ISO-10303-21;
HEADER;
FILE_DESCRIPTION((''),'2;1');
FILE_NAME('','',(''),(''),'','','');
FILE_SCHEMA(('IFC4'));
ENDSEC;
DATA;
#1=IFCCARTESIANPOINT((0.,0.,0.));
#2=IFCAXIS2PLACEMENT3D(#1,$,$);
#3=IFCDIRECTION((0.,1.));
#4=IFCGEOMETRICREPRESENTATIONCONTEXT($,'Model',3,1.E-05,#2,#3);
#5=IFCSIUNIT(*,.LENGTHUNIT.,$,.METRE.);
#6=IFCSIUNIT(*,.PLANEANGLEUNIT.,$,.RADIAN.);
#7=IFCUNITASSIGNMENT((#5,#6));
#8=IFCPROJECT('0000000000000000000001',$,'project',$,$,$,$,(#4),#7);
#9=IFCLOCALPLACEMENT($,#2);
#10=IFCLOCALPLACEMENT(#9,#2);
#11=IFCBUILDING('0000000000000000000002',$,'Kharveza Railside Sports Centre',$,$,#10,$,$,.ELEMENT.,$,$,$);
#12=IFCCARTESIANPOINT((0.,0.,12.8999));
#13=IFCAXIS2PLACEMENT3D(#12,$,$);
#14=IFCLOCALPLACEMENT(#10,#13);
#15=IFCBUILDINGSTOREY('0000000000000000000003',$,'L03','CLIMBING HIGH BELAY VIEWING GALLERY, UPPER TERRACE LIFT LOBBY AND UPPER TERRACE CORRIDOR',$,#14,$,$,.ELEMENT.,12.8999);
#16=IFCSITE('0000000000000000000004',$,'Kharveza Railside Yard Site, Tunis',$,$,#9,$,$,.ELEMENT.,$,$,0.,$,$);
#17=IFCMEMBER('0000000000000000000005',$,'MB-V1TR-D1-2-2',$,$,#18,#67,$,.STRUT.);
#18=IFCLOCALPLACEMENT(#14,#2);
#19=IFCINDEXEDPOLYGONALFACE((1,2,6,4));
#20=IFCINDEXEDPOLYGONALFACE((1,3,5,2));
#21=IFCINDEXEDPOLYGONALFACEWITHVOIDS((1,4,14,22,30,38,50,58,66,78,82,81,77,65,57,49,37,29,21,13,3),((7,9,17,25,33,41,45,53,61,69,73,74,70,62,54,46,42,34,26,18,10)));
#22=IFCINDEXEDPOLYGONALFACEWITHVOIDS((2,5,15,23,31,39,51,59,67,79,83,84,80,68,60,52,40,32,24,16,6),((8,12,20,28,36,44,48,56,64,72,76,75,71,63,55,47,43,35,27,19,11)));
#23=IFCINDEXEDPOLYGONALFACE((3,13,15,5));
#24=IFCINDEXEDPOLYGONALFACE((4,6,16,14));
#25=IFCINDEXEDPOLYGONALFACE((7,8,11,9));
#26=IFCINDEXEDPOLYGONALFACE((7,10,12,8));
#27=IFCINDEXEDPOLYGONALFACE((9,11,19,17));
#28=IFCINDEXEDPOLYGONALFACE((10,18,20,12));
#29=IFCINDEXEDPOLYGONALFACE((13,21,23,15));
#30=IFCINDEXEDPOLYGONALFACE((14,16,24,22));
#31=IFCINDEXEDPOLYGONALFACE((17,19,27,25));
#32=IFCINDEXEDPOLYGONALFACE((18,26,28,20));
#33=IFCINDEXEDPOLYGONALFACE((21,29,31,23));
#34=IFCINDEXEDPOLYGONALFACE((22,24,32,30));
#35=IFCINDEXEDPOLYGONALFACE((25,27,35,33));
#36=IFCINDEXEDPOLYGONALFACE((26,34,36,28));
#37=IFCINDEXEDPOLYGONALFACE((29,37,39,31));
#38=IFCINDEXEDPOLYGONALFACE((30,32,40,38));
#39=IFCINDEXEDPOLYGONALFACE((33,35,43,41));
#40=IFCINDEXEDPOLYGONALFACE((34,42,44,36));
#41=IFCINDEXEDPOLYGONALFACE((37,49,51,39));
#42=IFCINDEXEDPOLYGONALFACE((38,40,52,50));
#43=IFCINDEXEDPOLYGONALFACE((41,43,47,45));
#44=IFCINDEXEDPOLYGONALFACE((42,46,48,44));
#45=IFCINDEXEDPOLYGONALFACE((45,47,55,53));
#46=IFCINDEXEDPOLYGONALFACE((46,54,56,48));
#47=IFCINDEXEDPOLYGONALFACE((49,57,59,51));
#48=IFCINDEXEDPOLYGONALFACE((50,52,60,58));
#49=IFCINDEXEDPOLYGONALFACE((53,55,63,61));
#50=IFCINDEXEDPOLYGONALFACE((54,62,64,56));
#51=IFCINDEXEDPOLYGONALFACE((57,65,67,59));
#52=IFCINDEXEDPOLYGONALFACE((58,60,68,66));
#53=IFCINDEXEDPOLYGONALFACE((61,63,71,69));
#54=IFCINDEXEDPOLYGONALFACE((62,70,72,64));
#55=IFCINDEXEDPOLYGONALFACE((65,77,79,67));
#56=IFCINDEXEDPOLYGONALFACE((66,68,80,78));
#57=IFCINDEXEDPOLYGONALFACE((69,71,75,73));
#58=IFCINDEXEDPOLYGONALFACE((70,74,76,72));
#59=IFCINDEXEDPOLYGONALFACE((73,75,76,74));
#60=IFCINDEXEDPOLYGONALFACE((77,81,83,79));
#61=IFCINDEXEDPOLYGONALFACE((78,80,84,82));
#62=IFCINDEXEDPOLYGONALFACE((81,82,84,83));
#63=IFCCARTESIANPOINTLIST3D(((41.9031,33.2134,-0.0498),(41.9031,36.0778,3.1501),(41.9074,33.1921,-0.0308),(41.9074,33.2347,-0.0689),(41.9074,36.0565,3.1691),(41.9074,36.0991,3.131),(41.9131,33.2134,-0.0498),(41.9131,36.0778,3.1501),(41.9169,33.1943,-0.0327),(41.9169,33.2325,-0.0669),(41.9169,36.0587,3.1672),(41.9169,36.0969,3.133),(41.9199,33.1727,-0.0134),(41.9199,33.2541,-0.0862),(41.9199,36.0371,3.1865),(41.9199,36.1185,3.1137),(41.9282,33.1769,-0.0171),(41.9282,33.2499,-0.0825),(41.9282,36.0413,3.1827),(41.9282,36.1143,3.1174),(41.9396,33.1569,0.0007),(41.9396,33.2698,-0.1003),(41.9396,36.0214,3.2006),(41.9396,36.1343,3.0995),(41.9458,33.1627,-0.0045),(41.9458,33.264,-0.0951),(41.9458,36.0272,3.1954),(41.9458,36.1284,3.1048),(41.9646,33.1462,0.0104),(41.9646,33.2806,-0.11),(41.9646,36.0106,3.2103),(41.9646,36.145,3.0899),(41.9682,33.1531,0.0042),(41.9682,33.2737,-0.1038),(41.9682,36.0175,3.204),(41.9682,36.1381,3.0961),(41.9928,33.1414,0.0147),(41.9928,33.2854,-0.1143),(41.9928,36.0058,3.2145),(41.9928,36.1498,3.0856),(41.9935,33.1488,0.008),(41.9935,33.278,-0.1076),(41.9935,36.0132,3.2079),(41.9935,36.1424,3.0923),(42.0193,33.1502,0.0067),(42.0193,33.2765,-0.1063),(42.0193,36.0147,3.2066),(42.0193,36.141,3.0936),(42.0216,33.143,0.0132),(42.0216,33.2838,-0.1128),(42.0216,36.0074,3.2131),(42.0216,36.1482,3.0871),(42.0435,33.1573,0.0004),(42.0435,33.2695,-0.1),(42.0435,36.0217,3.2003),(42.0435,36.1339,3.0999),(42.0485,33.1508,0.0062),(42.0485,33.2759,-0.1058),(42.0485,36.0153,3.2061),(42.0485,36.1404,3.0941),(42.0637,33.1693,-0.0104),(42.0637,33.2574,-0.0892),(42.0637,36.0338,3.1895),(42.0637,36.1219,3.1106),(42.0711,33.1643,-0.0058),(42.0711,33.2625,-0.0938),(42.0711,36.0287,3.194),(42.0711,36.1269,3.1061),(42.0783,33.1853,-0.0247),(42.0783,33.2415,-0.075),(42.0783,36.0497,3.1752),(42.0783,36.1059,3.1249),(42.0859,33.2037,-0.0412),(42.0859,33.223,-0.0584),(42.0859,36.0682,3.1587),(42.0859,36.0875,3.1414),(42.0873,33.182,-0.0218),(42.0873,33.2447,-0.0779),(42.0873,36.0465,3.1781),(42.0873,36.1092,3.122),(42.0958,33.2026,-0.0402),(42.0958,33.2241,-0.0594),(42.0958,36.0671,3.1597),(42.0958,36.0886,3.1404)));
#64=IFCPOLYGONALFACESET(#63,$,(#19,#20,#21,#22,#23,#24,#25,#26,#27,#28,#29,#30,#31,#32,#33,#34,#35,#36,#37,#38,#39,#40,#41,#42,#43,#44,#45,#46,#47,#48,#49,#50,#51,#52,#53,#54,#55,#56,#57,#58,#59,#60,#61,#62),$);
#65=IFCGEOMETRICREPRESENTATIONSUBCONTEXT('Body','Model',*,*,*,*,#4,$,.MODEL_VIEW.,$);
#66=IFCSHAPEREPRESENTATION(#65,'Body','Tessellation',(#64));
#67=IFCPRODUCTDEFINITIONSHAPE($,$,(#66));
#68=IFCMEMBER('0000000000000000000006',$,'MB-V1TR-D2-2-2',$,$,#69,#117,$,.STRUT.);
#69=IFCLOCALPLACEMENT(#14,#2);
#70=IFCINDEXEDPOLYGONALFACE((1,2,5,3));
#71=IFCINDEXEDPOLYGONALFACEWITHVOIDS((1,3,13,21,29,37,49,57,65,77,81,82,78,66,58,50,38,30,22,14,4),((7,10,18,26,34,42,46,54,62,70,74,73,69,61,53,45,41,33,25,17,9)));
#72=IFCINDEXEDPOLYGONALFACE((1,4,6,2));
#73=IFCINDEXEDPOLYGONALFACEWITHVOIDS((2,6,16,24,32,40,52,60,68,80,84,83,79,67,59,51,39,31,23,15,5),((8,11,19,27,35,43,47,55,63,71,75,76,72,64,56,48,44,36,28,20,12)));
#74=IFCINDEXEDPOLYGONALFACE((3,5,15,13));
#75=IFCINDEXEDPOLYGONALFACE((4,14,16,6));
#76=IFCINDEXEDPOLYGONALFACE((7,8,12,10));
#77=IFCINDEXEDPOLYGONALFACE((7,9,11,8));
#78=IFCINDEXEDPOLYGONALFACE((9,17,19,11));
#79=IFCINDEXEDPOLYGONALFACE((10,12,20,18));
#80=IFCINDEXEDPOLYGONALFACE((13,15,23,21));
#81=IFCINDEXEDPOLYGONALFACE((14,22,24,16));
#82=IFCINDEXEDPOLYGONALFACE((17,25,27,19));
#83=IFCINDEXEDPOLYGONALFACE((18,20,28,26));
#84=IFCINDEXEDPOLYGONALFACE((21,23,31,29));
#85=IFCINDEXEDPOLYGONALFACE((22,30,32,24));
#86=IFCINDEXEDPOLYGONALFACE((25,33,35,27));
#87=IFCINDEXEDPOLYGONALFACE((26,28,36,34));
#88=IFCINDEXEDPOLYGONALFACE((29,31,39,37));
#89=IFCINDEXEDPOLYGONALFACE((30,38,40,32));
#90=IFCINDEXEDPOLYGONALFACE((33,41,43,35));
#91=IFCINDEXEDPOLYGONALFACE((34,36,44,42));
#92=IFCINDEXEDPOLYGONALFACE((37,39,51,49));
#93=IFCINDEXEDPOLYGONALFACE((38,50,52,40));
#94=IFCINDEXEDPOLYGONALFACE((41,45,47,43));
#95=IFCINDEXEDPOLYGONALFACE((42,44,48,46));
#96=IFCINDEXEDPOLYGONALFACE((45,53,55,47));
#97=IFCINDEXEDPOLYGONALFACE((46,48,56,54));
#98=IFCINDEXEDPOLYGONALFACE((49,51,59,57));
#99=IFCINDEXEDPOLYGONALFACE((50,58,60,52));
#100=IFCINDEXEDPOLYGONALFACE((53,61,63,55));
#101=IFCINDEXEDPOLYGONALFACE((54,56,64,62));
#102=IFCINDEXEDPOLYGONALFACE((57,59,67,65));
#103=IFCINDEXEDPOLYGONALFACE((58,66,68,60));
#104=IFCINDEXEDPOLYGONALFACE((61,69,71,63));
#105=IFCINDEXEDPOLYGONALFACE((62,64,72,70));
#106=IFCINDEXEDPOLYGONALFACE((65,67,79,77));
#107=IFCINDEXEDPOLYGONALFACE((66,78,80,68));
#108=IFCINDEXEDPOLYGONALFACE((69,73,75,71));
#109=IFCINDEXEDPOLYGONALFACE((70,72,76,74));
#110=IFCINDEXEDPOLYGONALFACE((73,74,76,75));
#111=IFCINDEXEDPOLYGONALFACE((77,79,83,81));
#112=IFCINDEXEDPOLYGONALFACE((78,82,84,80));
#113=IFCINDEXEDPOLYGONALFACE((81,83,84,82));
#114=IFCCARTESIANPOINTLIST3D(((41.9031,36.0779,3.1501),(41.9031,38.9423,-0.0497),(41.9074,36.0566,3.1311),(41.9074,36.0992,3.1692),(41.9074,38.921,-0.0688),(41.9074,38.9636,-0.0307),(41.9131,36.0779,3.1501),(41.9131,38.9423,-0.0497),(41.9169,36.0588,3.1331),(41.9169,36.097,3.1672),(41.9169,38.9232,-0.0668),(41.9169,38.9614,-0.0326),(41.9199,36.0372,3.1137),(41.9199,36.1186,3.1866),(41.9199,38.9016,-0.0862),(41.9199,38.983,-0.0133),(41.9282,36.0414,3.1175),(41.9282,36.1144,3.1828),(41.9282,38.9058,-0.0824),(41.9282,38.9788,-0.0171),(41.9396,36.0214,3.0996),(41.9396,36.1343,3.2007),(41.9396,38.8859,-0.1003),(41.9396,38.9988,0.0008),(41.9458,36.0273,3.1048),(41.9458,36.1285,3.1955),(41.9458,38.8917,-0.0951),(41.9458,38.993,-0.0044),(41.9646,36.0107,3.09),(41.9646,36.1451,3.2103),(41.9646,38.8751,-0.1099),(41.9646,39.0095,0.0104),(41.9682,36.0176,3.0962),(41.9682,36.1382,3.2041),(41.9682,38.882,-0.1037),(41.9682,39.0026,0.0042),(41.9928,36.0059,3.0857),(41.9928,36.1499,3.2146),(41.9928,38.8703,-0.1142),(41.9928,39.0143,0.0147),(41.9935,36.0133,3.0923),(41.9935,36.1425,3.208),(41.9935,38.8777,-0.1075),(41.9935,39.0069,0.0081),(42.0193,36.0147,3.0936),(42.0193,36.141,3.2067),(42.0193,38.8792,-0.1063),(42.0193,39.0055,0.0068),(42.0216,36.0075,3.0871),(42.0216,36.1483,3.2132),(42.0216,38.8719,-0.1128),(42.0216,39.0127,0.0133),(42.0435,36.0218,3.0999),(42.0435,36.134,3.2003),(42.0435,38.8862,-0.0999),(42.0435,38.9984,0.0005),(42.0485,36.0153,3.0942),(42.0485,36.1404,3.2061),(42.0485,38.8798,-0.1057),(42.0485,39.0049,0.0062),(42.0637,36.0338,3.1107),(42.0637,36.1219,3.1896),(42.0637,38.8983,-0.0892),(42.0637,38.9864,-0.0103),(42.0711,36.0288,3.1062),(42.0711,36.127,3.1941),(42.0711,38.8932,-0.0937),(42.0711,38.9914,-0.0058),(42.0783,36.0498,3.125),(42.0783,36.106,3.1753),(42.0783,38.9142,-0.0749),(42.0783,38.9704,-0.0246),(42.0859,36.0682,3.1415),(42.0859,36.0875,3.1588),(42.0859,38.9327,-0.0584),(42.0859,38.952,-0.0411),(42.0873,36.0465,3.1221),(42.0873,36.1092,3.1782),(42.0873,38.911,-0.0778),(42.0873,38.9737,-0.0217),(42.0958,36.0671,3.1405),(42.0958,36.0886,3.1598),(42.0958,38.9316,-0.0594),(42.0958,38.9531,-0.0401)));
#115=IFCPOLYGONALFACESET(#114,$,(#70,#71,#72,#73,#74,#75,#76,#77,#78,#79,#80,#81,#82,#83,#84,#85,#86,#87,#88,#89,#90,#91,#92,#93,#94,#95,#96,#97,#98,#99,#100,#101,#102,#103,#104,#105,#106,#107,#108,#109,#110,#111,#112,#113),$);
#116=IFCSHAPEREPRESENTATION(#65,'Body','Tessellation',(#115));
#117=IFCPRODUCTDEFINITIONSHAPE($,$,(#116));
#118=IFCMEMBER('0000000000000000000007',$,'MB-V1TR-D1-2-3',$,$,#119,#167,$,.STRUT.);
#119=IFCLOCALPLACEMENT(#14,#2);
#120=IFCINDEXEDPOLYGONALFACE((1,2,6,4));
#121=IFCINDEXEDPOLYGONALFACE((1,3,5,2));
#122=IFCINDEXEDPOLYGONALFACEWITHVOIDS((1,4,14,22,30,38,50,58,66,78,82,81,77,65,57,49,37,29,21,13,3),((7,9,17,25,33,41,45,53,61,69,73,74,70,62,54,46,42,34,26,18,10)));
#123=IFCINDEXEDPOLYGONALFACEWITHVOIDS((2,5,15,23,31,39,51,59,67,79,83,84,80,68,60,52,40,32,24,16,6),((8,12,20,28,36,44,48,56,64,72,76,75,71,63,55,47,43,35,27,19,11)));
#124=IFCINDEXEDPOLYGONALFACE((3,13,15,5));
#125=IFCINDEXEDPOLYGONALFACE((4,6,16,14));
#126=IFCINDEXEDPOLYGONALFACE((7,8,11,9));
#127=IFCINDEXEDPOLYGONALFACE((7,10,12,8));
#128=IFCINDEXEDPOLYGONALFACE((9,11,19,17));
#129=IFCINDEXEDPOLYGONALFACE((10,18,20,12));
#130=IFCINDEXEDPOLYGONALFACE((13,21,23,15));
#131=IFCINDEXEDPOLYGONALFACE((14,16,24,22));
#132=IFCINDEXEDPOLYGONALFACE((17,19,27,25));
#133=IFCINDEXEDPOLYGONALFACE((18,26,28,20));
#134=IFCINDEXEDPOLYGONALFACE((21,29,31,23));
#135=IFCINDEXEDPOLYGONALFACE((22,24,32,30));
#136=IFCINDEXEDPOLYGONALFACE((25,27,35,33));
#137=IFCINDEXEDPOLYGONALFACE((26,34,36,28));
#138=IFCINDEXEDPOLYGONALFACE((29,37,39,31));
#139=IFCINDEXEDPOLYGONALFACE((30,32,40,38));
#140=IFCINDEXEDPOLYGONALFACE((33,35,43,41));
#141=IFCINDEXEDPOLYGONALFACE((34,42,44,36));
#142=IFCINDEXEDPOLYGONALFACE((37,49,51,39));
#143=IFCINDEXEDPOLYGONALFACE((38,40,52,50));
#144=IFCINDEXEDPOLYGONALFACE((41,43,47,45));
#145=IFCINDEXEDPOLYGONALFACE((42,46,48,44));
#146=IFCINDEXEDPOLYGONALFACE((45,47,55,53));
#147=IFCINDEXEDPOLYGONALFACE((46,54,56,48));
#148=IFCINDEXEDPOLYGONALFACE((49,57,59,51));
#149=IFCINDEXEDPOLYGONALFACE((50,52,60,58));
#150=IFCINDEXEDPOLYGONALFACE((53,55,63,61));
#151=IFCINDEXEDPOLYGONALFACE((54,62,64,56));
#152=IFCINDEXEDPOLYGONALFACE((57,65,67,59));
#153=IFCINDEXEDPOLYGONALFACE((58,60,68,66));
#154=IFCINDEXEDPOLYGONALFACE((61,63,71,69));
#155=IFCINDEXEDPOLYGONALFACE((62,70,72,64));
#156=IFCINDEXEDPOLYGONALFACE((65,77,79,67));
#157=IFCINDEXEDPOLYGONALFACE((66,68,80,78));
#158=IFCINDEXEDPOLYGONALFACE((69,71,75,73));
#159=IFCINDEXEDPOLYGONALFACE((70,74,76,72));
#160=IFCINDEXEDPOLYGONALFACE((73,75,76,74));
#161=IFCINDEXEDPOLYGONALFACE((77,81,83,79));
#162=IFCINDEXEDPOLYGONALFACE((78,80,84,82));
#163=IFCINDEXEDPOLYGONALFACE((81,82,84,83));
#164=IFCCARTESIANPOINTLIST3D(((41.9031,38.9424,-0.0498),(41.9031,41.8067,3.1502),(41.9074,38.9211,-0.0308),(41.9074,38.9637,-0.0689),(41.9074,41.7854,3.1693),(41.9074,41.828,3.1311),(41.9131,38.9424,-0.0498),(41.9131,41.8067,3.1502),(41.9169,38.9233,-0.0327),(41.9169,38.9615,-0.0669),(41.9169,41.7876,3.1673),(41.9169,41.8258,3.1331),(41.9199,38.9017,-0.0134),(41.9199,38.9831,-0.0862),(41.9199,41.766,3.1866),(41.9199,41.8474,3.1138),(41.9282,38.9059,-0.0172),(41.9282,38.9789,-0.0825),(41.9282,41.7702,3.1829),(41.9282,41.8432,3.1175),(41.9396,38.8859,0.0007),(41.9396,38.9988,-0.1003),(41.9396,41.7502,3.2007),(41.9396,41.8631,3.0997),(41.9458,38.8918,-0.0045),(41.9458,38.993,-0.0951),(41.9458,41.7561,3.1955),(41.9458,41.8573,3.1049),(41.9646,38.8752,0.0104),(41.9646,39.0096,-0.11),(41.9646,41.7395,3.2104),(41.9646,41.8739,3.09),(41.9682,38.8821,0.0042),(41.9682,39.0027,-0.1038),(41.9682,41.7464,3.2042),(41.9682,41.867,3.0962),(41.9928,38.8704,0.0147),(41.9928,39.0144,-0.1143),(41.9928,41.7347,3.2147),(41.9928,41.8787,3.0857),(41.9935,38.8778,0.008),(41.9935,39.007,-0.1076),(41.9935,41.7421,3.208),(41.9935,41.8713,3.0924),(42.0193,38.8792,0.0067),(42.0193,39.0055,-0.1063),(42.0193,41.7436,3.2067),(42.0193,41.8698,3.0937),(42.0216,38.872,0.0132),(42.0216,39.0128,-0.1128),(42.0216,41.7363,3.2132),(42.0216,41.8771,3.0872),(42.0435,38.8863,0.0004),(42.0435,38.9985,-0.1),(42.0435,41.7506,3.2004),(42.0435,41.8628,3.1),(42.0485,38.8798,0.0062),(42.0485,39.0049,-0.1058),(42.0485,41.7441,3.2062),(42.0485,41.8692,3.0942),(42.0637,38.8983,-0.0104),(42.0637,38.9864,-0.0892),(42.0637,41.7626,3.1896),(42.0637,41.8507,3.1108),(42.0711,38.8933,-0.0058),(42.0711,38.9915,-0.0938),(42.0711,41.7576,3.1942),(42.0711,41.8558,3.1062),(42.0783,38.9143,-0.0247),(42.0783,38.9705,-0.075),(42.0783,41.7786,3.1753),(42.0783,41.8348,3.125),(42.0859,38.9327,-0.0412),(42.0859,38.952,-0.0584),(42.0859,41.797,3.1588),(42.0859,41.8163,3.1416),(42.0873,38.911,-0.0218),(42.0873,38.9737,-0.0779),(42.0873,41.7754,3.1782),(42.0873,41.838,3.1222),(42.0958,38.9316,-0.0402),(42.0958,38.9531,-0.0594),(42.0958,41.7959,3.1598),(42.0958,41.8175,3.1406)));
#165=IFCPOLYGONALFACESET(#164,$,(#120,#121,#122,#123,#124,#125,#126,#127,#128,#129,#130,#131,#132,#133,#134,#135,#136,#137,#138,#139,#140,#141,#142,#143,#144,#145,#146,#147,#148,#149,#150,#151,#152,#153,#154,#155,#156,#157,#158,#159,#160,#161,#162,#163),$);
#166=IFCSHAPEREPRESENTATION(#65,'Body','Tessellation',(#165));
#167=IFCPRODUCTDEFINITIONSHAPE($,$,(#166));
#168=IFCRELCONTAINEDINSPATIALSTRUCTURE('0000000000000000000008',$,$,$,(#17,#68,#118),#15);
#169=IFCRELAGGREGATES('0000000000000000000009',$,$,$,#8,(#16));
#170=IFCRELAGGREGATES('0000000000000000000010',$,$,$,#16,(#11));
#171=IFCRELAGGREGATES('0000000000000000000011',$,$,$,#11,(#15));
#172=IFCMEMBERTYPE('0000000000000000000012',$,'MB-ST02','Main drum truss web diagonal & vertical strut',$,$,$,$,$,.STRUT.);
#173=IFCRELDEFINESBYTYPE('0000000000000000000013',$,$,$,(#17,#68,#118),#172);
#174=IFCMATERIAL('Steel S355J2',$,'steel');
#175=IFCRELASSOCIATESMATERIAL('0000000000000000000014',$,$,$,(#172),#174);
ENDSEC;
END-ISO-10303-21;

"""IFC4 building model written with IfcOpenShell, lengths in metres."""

from ifc_helpers import new_model, si_unit, direction, frame, origin, origin_2d, place, context, subcontext, project, spatial, hollow_circle, extrude, material, material_profile, profile_set, type_object, element, save


model = new_model("IFC4")

# Units and contexts
model_context = context("Model", 3, precision=1e-05, world=origin(), true_north=direction((0.0, 1.0)))
body_context = subcontext(model_context, "Body", "Model", "MODEL_VIEW")
ifc_project = project(units=[si_unit("LENGTHUNIT", "METRE"), si_unit("PLANEANGLEUNIT", "RADIAN")], contexts=[model_context])

# Site, building, storey
site_placement = place(None, origin())
site = spatial("IfcSite", under=ifc_project, at=site_placement, Name="Kharveza Railside Yard Site, Tunis", CompositionType="ELEMENT", RefElevation=0.0)
building_placement = place(site_placement, origin())
building = spatial("IfcBuilding", under=site, at=building_placement, Name="Kharveza Railside Sports Centre", CompositionType="ELEMENT")
storey_placement = place(building_placement, frame((0.0, 0.0, 12.8999)))
storey = spatial("IfcBuildingStorey", under=building, at=storey_placement, Name="L03", Description="CLIMBING HIGH BELAY VIEWING GALLERY, UPPER TERRACE LIFT LOBBY AND UPPER TERRACE CORRIDOR", CompositionType="ELEMENT", Elevation=12.8999)

# Members
ifc_material = material(Name="Steel S355J2", Category="steel")
ifc_material_profile_1 = material_profile(ifc_material, hollow_circle(Radius=0.0969, WallThickness=0.01, at=origin_2d()), Name="CHS 193.7x10.0")
ifc_profile_set_1 = profile_set([ifc_material_profile_1], Name="Steel S355J2")
member_type_1 = type_object("IfcMemberType", Name="MB-ST02", Description="Main drum truss web diagonal & vertical strut", PredefinedType="STRUT", material=ifc_profile_set_1)
for number, where, z_axis, x_axis, name in (
    (1, (42.0, 33.2134, -0.0498), (0.0, 0.666974, 0.745081), (-1.0, 0.0, 0.0), "MB-V1TR-D1-2-2"),
    (2, (42.0, 36.0779, 3.1501), (0.0, 0.666974, -0.745081), (-1.0, 0.0, 0.0), "MB-V1TR-D2-2-2"),
    (3, (42.0, 38.9424, -0.0498), (0.0, 0.666943, 0.745109), (-1.0, 0.0, 0.0), "MB-V1TR-D1-2-3"),
):
    element("IfcMember", number, at=place(storey_placement, frame(where, z_axis=z_axis, x_axis=x_axis)), inside=storey, type_object=member_type_1, Name=name, PredefinedType="STRUT", context=body_context, shape_type="SweptSolid", body=[
        extrude(hollow_circle(Radius=0.0969, WallThickness=0.01, at=origin_2d()), origin(), (0.0, 0.0, 1.0), 4.2947),
    ])

save(model, "model.ifc")
